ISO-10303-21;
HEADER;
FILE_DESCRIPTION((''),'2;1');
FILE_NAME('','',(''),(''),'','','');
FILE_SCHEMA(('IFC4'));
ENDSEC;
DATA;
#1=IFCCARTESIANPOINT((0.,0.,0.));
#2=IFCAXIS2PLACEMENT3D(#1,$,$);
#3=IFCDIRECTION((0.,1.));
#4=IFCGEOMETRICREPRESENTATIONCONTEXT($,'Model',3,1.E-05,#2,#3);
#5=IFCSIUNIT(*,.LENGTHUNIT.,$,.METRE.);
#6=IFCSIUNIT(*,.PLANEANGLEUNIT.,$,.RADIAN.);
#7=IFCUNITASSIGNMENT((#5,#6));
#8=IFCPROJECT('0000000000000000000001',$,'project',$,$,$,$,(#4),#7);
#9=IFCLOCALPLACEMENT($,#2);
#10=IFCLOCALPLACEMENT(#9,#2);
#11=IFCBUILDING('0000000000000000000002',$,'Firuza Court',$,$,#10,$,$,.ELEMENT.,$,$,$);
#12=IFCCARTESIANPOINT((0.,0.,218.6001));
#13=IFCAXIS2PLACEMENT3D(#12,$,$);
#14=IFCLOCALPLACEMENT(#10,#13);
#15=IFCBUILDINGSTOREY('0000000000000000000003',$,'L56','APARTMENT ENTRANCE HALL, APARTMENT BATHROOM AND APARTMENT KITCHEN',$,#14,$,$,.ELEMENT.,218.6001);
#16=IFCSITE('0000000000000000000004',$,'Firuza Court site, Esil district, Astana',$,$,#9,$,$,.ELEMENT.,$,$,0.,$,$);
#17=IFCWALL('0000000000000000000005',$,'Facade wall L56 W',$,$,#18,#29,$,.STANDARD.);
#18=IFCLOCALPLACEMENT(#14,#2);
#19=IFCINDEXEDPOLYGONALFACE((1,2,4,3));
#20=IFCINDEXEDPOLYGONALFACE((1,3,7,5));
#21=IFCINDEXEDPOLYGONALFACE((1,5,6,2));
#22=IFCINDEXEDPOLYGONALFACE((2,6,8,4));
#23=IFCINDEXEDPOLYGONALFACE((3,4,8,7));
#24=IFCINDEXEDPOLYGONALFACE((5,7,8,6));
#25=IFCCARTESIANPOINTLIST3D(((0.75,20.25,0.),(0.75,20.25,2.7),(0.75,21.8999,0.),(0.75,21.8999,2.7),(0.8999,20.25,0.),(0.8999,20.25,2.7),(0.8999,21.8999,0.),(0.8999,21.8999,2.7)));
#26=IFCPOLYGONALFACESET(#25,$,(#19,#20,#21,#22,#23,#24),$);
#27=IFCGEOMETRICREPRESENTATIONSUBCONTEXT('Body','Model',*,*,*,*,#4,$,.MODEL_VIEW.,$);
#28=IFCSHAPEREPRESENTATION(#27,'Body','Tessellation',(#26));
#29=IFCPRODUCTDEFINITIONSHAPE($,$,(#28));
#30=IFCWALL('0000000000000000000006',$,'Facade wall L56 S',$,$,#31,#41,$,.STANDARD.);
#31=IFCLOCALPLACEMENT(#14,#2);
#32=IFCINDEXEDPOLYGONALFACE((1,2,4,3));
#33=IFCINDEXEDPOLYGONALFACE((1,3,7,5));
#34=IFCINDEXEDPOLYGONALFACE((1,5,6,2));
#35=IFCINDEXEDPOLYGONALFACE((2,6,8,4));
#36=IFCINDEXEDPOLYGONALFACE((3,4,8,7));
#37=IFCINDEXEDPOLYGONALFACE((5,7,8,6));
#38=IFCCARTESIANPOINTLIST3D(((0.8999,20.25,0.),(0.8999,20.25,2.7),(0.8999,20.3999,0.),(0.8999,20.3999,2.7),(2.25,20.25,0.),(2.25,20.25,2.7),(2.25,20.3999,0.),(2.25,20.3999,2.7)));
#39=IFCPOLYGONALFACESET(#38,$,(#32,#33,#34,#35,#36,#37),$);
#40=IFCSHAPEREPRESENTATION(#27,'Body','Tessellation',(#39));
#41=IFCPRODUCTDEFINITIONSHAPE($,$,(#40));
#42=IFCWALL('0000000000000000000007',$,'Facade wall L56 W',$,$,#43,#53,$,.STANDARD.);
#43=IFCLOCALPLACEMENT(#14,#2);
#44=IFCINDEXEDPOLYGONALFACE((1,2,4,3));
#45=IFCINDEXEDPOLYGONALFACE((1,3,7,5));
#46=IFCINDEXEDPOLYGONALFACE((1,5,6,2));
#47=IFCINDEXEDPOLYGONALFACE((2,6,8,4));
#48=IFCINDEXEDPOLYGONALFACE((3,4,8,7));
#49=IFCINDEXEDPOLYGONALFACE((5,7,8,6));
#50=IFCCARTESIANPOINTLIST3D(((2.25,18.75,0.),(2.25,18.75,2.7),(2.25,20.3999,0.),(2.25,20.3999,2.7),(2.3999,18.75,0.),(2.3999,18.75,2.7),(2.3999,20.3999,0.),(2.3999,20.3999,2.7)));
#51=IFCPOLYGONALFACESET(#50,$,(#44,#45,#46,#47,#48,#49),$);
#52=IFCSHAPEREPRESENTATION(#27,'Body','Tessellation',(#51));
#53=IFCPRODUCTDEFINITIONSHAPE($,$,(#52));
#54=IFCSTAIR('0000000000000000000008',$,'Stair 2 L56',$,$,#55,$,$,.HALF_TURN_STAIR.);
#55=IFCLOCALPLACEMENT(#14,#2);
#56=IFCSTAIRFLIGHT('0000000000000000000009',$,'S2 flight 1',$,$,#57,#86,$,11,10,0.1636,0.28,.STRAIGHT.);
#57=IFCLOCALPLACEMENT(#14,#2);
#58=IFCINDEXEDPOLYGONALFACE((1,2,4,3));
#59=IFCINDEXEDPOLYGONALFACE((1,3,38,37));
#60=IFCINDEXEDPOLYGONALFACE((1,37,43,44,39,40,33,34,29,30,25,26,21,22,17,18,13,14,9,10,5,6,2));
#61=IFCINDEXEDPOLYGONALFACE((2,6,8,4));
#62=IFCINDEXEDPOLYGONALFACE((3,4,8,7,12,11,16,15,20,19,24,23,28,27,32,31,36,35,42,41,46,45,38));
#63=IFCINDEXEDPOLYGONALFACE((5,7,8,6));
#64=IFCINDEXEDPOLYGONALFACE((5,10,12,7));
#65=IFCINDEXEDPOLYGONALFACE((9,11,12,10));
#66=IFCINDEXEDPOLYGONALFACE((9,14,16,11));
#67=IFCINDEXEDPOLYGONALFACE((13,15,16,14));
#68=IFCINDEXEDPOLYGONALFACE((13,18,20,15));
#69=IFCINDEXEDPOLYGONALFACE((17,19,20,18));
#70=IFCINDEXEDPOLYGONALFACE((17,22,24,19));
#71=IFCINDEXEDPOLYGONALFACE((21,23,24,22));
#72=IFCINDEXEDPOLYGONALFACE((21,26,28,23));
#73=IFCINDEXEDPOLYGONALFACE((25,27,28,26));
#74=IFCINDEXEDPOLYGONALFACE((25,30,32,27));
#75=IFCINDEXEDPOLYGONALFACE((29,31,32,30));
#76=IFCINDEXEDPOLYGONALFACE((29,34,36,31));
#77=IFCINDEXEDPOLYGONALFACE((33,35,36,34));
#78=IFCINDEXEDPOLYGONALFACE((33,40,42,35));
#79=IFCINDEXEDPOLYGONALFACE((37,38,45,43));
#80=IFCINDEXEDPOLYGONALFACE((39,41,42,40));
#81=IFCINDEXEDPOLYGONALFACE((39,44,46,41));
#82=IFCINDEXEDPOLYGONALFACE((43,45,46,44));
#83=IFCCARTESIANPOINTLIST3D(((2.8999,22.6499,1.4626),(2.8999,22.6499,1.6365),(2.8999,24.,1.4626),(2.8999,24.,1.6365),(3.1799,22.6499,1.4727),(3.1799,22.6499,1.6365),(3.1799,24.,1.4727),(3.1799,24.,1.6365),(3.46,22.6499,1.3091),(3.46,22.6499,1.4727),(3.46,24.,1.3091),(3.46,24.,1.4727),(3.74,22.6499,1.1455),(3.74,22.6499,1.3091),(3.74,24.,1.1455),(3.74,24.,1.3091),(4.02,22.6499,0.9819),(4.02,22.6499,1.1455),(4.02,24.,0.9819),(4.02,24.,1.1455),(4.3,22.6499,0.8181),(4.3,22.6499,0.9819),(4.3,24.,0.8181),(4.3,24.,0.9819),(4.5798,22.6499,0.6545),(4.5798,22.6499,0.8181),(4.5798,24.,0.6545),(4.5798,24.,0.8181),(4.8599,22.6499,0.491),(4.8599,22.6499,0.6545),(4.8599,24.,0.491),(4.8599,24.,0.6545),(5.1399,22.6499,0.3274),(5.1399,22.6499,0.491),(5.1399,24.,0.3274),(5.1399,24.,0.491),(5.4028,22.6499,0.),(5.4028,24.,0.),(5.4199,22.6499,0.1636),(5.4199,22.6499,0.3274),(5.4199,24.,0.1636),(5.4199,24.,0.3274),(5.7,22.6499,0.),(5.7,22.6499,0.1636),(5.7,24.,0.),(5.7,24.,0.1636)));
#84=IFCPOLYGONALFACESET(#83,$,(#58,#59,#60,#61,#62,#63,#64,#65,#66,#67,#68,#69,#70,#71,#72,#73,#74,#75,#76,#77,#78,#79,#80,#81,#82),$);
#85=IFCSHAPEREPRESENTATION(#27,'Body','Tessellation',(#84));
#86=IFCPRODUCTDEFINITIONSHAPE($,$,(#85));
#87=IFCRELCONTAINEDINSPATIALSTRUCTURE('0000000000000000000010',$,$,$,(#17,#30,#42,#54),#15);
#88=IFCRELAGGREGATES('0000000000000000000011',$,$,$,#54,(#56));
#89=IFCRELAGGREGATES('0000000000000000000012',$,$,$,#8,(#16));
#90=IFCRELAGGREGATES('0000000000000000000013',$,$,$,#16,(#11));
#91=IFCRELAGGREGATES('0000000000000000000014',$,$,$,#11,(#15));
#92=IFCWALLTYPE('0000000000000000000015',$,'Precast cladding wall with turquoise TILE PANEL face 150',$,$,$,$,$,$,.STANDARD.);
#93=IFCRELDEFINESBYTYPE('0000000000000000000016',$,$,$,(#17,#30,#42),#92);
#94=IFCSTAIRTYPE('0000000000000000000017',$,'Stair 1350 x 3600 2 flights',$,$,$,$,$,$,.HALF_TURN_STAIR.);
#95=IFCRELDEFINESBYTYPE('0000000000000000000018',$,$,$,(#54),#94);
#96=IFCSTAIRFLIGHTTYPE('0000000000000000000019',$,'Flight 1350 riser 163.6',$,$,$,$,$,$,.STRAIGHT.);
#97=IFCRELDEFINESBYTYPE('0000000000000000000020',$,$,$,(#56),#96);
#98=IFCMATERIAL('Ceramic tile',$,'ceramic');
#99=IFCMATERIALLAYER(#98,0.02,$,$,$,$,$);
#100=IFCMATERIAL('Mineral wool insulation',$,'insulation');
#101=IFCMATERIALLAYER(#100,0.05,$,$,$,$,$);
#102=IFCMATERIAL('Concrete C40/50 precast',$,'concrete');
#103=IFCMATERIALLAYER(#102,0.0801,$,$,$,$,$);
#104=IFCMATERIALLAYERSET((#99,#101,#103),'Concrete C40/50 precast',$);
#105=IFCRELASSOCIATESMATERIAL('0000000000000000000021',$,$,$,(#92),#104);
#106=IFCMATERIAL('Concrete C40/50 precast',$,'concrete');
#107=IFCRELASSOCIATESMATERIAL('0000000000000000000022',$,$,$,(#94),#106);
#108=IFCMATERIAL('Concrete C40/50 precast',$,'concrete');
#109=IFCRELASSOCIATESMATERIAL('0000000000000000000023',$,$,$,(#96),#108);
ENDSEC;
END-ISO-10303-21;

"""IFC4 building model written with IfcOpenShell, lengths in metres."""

from ifc_helpers import new_model, si_unit, direction, frame, frame_2d, origin, place, context, subcontext, project, spatial, polyline, rectangle, outline, extrude, material, layer, layer_set, type_object, element, aggregate, save


model = new_model("IFC4")

# Units and contexts
model_context = context("Model", 3, precision=1e-05, world=origin(), true_north=direction((0.0, 1.0)))
body_context = subcontext(model_context, "Body", "Model", "MODEL_VIEW")
ifc_project = project(units=[si_unit("LENGTHUNIT", "METRE"), si_unit("PLANEANGLEUNIT", "RADIAN")], contexts=[model_context])

# Site, building, storey
site_placement = place(None, origin())
site = spatial("IfcSite", under=ifc_project, at=site_placement, Name="Firuza Court site, Esil district, Astana", CompositionType="ELEMENT", RefElevation=0.0)
building_placement = place(site_placement, origin())
building = spatial("IfcBuilding", under=site, at=building_placement, Name="Firuza Court", CompositionType="ELEMENT")
storey_placement = place(building_placement, frame((0.0, 0.0, 218.6001)))
storey = spatial("IfcBuildingStorey", under=building, at=storey_placement, Name="L56", Description="APARTMENT ENTRANCE HALL, APARTMENT BATHROOM AND APARTMENT KITCHEN", CompositionType="ELEMENT", Elevation=218.6001)

# Walls
ifc_material_1 = material(Name="Ceramic tile", Category="ceramic")
ifc_layer_1 = layer(ifc_material_1, 0.02)
ifc_material_2 = material(Name="Mineral wool insulation", Category="insulation")
ifc_layer_2 = layer(ifc_material_2, 0.05)
ifc_material_3 = material(Name="Concrete C40/50 precast", Category="concrete")
ifc_layer_3 = layer(ifc_material_3, 0.0801)
ifc_layer_set_1 = layer_set([ifc_layer_1, ifc_layer_2, ifc_layer_3], Name="Concrete C40/50 precast")
wall_type_1 = type_object("IfcWallType", Name="Precast cladding wall with turquoise TILE PANEL face 150", PredefinedType="STANDARD", material=ifc_layer_set_1)
wall_1_placement = place(storey_placement, frame((0.825, 21.8999, 0.0), z_axis=(0.0, 0.0, 1.0), x_axis=(0.0, -1.0, 0.0)))
element("IfcWall", 1, at=wall_1_placement, inside=storey, type_object=wall_type_1, Name="Facade wall L56 W", PredefinedType="STANDARD", context=body_context, shape_type="SweptSolid", body=[
    extrude(rectangle(XDim=1.6499, YDim=0.1499, at=frame_2d((0.825, 0.0))), origin(), (0.0, 0.0, 1.0), 2.7),
])
wall_2_placement = place(storey_placement, frame((0.8999, 20.325, 0.0), z_axis=(0.0, 0.0, 1.0), x_axis=(1.0, 0.0, 0.0)))
element("IfcWall", 2, at=wall_2_placement, inside=storey, type_object=wall_type_1, Name="Facade wall L56 S", PredefinedType="STANDARD", context=body_context, shape_type="SweptSolid", body=[
    extrude(rectangle(XDim=1.3501, YDim=0.1499, at=frame_2d((0.675, 0.0))), origin(), (0.0, 0.0, 1.0), 2.7),
])
wall_3_placement = place(storey_placement, frame((2.325, 20.3999, 0.0), z_axis=(0.0, 0.0, 1.0), x_axis=(0.0, -1.0, 0.0)))
element("IfcWall", 3, at=wall_3_placement, inside=storey, type_object=wall_type_1, Name="Facade wall L56 W", PredefinedType="STANDARD", context=body_context, shape_type="SweptSolid", body=[
    extrude(rectangle(XDim=1.6499, YDim=0.1499, at=frame_2d((0.825, 0.0))), origin(), (0.0, 0.0, 1.0), 2.7),
])

# Stair, stair flight
ifc_material_4 = material(Name="Concrete C40/50 precast", Category="concrete")
stair_type = type_object("IfcStairType", Name="Stair 1350 x 3600 2 flights", PredefinedType="HALF_TURN_STAIR", material=ifc_material_4)
stair_placement = place(storey_placement, origin())
stair = element("IfcStair", 4, at=stair_placement, inside=storey, type_object=stair_type, Name="Stair 2 L56", PredefinedType="HALF_TURN_STAIR")
ifc_material_5 = material(Name="Concrete C40/50 precast", Category="concrete")
stair_flight_type = type_object("IfcStairFlightType", Name="Flight 1350 riser 163.6", PredefinedType="STRAIGHT", material=ifc_material_5)
stair_flight_placement = place(storey_placement, frame((5.7, 23.325, 0.0), z_axis=(0.0, 0.0, 1.0), x_axis=(-1.0, 0.0, 0.0)))
stair_flight = element("IfcStairFlight", 5, at=stair_flight_placement, type_object=stair_flight_type, Name="S2 flight 1", NumberOfRisers=11, NumberOfTreads=10, PredefinedType="STRAIGHT", RiserHeight=0.1636, TreadLength=0.28, context=body_context, shape_type="SweptSolid", body=[
    extrude(outline(polyline([(0.0, 0.0), (0.0, 0.1636), (0.28, 0.1636), (0.28, 0.3274), (0.5601, 0.3274), (0.5601, 0.491), (0.8401, 0.491), (0.8401, 0.6545), (1.1201, 0.6545), (1.1201, 0.8181), (1.3999, 0.8181), (1.3999, 0.9819), (1.6799, 0.9819), (1.6799, 1.1455), (1.96, 1.1455), (1.96, 1.3091), (2.24, 1.3091), (2.24, 1.4727), (2.52, 1.4727), (2.52, 1.6365), (2.8, 1.6365), (2.8, 1.8), (2.8, 1.4626), (0.2971, 0.0), (0.0, 0.0)])), frame((0.0, 0.675, 0.0), z_axis=(0.0, -1.0, 0.0), x_axis=(1.0, 0.0, 0.0)), (0.0, 0.0, 1.0), 1.3501),
])
aggregate(stair, [stair_flight])

save(model, "model.ifc")
